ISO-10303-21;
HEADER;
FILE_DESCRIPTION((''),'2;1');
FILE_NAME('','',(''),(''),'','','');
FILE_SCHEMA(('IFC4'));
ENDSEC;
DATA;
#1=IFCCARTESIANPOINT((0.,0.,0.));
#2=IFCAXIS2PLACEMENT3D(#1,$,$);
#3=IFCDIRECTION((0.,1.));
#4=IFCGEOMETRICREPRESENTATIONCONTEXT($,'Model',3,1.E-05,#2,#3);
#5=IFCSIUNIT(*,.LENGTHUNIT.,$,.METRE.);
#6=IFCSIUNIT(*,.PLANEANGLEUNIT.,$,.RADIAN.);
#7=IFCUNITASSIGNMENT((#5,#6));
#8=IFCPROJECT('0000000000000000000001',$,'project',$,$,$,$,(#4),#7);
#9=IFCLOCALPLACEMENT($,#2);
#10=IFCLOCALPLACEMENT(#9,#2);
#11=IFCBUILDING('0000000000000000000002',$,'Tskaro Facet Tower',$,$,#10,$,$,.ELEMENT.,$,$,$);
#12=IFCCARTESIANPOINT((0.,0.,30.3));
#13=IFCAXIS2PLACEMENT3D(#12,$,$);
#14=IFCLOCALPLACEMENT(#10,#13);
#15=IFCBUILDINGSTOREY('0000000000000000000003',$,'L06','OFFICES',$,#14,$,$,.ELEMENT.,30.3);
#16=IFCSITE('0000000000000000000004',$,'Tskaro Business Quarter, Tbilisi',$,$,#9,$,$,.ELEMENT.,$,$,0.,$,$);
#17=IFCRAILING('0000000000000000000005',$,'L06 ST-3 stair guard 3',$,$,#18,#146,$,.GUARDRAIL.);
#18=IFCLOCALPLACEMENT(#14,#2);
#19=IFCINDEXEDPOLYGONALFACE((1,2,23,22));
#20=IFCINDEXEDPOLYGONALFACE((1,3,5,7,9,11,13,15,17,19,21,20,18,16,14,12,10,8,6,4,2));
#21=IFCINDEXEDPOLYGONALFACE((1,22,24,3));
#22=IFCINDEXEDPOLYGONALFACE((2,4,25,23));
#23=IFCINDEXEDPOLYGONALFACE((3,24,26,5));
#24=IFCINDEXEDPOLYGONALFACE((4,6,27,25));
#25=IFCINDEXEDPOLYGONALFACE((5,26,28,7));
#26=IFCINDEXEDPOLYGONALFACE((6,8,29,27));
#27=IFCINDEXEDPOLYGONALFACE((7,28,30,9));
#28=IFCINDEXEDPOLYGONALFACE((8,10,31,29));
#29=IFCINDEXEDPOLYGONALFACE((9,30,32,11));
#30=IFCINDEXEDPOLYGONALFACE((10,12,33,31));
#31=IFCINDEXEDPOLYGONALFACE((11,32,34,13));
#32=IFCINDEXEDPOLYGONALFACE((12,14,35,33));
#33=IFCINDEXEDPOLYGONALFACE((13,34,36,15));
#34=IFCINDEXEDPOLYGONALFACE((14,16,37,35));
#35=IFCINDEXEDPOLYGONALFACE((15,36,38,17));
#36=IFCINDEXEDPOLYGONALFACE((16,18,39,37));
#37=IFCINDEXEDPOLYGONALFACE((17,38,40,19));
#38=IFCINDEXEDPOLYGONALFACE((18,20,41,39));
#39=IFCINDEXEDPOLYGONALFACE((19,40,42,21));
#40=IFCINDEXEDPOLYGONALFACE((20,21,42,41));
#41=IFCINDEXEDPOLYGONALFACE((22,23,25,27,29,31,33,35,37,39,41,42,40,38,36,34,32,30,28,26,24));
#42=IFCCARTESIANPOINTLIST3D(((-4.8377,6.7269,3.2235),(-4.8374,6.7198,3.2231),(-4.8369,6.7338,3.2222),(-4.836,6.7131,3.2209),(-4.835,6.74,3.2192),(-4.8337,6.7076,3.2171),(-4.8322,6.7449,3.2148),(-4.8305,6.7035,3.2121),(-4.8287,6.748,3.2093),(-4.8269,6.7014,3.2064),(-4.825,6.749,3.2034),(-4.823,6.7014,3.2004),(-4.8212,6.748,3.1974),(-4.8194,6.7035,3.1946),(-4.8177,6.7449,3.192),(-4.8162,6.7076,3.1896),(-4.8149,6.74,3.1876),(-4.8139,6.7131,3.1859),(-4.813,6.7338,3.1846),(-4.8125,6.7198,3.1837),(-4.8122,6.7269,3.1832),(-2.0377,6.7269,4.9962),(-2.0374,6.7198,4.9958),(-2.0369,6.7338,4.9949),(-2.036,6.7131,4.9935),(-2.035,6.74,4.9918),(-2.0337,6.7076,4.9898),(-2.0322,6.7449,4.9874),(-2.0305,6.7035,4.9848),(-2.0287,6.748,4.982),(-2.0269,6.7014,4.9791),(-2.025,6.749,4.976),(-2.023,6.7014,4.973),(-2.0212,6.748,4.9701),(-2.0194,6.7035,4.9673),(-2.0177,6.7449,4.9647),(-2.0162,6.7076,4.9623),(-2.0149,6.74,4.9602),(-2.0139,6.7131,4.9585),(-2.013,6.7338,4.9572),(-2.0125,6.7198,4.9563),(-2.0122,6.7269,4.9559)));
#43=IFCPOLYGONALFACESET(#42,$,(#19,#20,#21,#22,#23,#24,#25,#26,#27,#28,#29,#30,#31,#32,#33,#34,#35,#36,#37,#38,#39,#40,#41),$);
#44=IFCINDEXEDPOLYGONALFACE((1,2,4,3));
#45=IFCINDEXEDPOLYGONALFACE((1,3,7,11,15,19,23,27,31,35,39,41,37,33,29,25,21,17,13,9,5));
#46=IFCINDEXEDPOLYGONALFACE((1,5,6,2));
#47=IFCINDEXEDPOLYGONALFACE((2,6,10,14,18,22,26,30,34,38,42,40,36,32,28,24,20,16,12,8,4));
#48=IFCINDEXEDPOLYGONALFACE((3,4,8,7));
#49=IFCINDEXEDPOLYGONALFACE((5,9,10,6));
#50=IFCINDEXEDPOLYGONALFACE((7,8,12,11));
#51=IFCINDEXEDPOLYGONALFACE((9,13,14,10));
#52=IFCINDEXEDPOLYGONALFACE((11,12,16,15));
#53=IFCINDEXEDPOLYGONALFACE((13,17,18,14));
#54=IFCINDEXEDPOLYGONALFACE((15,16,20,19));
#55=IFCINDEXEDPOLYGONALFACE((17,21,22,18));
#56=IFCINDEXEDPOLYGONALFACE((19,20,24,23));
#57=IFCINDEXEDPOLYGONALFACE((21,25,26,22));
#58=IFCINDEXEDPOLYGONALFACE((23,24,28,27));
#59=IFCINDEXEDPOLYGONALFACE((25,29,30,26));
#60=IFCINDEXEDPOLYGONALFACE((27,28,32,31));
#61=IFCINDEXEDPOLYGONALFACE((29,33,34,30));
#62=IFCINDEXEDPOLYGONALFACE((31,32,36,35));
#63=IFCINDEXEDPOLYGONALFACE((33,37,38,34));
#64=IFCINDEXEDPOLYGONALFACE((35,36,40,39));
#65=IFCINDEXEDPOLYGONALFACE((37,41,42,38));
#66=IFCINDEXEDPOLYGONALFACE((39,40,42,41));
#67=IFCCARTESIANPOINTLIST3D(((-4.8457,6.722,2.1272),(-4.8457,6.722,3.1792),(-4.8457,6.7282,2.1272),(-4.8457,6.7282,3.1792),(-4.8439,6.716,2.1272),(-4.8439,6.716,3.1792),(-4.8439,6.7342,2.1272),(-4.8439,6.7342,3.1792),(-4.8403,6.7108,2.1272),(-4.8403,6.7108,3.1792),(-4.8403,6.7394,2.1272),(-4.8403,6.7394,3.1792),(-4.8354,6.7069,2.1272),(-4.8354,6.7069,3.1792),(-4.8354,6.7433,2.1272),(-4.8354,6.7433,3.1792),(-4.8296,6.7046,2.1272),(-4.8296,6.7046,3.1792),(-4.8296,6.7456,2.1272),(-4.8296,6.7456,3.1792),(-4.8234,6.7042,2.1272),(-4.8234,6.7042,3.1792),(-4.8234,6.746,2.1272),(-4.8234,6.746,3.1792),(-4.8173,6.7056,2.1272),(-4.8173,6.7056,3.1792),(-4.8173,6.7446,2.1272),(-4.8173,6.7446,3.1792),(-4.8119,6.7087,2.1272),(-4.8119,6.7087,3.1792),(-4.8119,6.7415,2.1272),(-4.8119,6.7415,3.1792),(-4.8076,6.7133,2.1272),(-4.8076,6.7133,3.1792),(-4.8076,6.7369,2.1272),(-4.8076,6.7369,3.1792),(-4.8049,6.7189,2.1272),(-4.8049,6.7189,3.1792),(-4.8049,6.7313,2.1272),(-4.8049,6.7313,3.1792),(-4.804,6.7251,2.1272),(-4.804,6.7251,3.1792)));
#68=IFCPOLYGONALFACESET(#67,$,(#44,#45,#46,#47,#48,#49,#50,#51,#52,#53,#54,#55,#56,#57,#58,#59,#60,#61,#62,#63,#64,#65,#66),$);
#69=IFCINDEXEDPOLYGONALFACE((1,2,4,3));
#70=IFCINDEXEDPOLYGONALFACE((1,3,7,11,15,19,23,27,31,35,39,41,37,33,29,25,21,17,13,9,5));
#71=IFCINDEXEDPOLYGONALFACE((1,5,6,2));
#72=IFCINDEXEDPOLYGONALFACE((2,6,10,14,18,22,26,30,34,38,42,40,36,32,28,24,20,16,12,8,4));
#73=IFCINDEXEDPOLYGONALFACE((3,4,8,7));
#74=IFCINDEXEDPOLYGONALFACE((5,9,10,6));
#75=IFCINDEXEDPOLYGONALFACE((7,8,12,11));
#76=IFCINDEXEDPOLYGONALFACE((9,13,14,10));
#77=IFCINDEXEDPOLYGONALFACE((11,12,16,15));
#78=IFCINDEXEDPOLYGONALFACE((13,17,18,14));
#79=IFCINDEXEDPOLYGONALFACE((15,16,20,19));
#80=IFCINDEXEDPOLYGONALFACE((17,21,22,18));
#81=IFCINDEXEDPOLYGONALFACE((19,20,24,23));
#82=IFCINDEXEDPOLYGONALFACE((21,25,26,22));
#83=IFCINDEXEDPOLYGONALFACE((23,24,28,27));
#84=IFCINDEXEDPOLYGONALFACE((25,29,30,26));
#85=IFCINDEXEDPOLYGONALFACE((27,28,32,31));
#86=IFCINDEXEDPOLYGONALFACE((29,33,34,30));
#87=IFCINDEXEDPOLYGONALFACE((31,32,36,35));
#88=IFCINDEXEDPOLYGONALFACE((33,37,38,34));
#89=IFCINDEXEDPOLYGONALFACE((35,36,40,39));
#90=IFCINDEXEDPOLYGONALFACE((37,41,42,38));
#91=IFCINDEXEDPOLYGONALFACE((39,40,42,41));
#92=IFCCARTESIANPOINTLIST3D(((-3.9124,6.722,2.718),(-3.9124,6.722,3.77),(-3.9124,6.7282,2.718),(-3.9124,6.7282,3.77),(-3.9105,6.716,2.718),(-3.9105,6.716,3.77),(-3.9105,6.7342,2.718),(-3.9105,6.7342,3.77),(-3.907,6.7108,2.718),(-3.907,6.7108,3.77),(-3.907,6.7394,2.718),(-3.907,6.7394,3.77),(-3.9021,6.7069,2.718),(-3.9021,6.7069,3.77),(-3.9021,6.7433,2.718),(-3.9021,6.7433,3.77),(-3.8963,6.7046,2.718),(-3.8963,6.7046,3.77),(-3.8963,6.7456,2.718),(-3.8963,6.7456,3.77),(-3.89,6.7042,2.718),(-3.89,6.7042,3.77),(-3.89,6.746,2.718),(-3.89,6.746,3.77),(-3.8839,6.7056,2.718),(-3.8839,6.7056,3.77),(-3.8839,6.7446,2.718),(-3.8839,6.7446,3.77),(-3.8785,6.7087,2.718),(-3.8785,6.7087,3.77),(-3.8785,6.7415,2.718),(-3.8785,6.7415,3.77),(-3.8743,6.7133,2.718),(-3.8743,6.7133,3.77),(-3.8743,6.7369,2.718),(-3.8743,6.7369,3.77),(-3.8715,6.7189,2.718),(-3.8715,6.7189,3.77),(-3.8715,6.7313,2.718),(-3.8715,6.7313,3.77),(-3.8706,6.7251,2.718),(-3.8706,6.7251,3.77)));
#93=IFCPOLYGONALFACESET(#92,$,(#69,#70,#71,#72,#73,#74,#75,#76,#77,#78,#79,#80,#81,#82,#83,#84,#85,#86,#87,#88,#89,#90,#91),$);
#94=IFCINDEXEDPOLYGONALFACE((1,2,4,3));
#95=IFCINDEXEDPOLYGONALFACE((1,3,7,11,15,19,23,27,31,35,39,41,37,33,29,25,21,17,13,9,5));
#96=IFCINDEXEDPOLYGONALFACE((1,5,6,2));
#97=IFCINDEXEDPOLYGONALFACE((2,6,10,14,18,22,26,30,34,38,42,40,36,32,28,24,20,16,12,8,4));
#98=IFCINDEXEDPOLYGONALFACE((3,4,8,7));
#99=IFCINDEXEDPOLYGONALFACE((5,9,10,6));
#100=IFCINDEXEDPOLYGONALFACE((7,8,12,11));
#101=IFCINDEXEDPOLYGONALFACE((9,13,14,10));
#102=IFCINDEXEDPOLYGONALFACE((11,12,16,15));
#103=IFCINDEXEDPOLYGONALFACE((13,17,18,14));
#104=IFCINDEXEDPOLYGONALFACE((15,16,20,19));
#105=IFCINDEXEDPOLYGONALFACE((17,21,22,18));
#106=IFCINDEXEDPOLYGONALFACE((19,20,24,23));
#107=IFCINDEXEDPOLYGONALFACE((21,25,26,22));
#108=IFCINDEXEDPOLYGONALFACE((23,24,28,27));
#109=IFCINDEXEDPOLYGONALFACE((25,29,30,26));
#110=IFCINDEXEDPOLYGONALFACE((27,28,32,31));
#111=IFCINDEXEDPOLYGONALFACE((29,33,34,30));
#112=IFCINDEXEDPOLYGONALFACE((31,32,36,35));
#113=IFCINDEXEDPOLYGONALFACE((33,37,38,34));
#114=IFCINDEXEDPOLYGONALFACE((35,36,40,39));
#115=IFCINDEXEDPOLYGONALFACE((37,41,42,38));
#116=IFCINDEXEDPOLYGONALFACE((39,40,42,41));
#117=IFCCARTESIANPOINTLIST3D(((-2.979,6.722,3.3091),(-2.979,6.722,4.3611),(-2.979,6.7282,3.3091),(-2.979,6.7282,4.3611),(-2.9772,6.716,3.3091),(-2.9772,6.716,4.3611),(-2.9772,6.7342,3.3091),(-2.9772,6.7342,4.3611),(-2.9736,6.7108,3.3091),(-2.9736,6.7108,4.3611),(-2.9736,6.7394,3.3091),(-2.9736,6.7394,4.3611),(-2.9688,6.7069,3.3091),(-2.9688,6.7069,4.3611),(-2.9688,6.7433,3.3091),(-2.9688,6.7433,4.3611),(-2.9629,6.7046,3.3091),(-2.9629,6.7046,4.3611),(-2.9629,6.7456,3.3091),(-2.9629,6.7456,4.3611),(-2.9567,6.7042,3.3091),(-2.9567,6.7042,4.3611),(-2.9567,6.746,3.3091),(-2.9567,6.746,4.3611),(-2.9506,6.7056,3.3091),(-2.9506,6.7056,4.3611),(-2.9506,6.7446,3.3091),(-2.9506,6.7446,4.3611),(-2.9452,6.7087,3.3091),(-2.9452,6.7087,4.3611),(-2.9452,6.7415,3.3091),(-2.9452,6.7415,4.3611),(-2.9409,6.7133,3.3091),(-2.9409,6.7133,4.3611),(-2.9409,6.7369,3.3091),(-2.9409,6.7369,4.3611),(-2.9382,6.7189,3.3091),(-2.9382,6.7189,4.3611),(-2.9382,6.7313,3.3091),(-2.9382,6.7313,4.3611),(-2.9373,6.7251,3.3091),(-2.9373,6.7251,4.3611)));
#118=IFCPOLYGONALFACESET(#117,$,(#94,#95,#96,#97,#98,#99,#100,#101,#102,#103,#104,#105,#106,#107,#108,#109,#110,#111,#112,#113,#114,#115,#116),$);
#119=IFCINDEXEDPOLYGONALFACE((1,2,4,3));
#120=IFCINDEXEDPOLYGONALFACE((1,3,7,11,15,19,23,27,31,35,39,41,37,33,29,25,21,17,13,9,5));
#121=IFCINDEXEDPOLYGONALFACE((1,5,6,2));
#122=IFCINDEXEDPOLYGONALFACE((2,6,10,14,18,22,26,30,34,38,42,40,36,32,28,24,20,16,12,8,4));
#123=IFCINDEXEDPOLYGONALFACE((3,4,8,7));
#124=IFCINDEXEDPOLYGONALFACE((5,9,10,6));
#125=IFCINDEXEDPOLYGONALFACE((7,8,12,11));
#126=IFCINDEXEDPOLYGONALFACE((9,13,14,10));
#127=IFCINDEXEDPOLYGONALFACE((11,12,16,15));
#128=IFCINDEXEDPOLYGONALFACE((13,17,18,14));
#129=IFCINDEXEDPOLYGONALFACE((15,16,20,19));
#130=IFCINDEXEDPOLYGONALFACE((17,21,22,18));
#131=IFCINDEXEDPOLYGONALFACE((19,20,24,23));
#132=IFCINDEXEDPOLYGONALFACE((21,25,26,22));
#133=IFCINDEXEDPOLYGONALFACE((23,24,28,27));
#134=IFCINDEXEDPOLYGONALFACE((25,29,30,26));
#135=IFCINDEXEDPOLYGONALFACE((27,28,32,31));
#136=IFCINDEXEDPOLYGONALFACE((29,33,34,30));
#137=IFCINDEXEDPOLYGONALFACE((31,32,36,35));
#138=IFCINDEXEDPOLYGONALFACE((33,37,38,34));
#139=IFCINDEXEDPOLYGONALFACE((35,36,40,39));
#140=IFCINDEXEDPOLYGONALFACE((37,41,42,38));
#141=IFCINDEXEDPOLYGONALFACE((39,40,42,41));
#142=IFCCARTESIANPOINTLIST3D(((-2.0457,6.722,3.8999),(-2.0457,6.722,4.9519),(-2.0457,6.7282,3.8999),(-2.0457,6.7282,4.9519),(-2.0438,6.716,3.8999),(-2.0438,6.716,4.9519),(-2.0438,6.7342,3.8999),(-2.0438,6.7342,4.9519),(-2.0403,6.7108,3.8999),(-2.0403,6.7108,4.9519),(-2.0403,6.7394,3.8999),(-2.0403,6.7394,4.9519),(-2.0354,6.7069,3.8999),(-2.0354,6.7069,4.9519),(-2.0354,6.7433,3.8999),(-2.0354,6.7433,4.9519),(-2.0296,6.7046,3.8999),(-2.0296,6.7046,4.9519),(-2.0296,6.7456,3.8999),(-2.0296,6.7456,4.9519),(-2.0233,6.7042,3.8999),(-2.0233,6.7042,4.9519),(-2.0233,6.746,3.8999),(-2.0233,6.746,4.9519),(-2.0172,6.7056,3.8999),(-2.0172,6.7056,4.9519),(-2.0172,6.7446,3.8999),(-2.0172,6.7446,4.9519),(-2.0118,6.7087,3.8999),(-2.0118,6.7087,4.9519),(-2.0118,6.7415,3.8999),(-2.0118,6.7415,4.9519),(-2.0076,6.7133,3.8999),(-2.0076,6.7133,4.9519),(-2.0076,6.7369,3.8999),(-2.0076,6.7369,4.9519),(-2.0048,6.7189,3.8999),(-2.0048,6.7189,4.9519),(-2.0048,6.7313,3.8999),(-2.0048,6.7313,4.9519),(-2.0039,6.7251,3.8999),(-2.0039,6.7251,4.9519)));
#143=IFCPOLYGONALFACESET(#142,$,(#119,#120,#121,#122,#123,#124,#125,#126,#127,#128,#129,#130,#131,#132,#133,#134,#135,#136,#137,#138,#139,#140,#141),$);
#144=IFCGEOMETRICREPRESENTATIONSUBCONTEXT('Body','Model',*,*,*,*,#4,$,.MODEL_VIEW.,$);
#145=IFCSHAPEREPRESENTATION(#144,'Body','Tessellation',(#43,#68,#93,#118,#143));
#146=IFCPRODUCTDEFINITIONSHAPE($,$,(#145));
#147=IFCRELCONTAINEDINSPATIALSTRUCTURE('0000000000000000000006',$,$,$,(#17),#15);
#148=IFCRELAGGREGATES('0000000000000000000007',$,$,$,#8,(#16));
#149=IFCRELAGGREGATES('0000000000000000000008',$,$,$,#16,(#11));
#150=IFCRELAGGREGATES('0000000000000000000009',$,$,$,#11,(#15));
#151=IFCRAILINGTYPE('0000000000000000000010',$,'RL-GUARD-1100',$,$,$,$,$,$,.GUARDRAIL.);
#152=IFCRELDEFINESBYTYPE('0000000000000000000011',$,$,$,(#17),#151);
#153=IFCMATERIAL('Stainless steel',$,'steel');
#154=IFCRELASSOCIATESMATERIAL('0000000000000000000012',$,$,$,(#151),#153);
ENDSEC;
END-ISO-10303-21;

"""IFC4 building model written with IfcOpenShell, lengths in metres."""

from ifc_helpers import new_model, si_unit, direction, frame, origin, origin_2d, place, context, subcontext, project, spatial, circle, extrude, material, type_object, element, save


model = new_model("IFC4")

# Units and contexts
model_context = context("Model", 3, precision=1e-05, world=origin(), true_north=direction((0.0, 1.0)))
body_context = subcontext(model_context, "Body", "Model", "MODEL_VIEW")
ifc_project = project(units=[si_unit("LENGTHUNIT", "METRE"), si_unit("PLANEANGLEUNIT", "RADIAN")], contexts=[model_context])

# Site, building, storey
site_placement = place(None, origin())
site = spatial("IfcSite", under=ifc_project, at=site_placement, Name="Tskaro Business Quarter, Tbilisi", CompositionType="ELEMENT", RefElevation=0.0)
building_placement = place(site_placement, origin())
building = spatial("IfcBuilding", under=site, at=building_placement, Name="Tskaro Facet Tower", CompositionType="ELEMENT")
storey_placement = place(building_placement, frame((0.0, 0.0, 30.3)))
storey = spatial("IfcBuildingStorey", under=building, at=storey_placement, Name="L06", Description="OFFICES", CompositionType="ELEMENT", Elevation=30.3)

# Railing
ifc_material_1 = material(Name="Stainless steel", Category="steel")
railing_type_1 = type_object("IfcRailingType", Name="RL-GUARD-1100", PredefinedType="GUARDRAIL", material=ifc_material_1)
railing_1_placement = place(storey_placement, frame((-4.825, 6.7251, 2.1272)))
element("IfcRailing", 1, at=railing_1_placement, inside=storey, type_object=railing_type_1, Name="L06 ST-3 stair guard 3", PredefinedType="GUARDRAIL", context=body_context, shape_type="SweptSolid", body=[
    extrude(circle(Radius=0.0239, at=origin_2d()), frame((0.0, 0.0, 1.0762), z_axis=(0.844909, 0.0, 0.53491), x_axis=(0.0, 1.0, 0.0)), (0.0, 0.0, 1.0), 3.314),
    extrude(circle(Radius=0.021, at=origin_2d()), origin(), (0.0, 0.0, 1.0), 1.052),
    extrude(circle(Radius=0.021, at=origin_2d()), frame((0.9333, 0.0, 0.5908)), (0.0, 0.0, 1.0), 1.052),
    extrude(circle(Radius=0.021, at=origin_2d()), frame((1.8667, 0.0, 1.1819)), (0.0, 0.0, 1.0), 1.052),
    extrude(circle(Radius=0.021, at=origin_2d()), frame((2.8, 0.0, 1.7727)), (0.0, 0.0, 1.0), 1.052),
])

save(model, "model.ifc")
